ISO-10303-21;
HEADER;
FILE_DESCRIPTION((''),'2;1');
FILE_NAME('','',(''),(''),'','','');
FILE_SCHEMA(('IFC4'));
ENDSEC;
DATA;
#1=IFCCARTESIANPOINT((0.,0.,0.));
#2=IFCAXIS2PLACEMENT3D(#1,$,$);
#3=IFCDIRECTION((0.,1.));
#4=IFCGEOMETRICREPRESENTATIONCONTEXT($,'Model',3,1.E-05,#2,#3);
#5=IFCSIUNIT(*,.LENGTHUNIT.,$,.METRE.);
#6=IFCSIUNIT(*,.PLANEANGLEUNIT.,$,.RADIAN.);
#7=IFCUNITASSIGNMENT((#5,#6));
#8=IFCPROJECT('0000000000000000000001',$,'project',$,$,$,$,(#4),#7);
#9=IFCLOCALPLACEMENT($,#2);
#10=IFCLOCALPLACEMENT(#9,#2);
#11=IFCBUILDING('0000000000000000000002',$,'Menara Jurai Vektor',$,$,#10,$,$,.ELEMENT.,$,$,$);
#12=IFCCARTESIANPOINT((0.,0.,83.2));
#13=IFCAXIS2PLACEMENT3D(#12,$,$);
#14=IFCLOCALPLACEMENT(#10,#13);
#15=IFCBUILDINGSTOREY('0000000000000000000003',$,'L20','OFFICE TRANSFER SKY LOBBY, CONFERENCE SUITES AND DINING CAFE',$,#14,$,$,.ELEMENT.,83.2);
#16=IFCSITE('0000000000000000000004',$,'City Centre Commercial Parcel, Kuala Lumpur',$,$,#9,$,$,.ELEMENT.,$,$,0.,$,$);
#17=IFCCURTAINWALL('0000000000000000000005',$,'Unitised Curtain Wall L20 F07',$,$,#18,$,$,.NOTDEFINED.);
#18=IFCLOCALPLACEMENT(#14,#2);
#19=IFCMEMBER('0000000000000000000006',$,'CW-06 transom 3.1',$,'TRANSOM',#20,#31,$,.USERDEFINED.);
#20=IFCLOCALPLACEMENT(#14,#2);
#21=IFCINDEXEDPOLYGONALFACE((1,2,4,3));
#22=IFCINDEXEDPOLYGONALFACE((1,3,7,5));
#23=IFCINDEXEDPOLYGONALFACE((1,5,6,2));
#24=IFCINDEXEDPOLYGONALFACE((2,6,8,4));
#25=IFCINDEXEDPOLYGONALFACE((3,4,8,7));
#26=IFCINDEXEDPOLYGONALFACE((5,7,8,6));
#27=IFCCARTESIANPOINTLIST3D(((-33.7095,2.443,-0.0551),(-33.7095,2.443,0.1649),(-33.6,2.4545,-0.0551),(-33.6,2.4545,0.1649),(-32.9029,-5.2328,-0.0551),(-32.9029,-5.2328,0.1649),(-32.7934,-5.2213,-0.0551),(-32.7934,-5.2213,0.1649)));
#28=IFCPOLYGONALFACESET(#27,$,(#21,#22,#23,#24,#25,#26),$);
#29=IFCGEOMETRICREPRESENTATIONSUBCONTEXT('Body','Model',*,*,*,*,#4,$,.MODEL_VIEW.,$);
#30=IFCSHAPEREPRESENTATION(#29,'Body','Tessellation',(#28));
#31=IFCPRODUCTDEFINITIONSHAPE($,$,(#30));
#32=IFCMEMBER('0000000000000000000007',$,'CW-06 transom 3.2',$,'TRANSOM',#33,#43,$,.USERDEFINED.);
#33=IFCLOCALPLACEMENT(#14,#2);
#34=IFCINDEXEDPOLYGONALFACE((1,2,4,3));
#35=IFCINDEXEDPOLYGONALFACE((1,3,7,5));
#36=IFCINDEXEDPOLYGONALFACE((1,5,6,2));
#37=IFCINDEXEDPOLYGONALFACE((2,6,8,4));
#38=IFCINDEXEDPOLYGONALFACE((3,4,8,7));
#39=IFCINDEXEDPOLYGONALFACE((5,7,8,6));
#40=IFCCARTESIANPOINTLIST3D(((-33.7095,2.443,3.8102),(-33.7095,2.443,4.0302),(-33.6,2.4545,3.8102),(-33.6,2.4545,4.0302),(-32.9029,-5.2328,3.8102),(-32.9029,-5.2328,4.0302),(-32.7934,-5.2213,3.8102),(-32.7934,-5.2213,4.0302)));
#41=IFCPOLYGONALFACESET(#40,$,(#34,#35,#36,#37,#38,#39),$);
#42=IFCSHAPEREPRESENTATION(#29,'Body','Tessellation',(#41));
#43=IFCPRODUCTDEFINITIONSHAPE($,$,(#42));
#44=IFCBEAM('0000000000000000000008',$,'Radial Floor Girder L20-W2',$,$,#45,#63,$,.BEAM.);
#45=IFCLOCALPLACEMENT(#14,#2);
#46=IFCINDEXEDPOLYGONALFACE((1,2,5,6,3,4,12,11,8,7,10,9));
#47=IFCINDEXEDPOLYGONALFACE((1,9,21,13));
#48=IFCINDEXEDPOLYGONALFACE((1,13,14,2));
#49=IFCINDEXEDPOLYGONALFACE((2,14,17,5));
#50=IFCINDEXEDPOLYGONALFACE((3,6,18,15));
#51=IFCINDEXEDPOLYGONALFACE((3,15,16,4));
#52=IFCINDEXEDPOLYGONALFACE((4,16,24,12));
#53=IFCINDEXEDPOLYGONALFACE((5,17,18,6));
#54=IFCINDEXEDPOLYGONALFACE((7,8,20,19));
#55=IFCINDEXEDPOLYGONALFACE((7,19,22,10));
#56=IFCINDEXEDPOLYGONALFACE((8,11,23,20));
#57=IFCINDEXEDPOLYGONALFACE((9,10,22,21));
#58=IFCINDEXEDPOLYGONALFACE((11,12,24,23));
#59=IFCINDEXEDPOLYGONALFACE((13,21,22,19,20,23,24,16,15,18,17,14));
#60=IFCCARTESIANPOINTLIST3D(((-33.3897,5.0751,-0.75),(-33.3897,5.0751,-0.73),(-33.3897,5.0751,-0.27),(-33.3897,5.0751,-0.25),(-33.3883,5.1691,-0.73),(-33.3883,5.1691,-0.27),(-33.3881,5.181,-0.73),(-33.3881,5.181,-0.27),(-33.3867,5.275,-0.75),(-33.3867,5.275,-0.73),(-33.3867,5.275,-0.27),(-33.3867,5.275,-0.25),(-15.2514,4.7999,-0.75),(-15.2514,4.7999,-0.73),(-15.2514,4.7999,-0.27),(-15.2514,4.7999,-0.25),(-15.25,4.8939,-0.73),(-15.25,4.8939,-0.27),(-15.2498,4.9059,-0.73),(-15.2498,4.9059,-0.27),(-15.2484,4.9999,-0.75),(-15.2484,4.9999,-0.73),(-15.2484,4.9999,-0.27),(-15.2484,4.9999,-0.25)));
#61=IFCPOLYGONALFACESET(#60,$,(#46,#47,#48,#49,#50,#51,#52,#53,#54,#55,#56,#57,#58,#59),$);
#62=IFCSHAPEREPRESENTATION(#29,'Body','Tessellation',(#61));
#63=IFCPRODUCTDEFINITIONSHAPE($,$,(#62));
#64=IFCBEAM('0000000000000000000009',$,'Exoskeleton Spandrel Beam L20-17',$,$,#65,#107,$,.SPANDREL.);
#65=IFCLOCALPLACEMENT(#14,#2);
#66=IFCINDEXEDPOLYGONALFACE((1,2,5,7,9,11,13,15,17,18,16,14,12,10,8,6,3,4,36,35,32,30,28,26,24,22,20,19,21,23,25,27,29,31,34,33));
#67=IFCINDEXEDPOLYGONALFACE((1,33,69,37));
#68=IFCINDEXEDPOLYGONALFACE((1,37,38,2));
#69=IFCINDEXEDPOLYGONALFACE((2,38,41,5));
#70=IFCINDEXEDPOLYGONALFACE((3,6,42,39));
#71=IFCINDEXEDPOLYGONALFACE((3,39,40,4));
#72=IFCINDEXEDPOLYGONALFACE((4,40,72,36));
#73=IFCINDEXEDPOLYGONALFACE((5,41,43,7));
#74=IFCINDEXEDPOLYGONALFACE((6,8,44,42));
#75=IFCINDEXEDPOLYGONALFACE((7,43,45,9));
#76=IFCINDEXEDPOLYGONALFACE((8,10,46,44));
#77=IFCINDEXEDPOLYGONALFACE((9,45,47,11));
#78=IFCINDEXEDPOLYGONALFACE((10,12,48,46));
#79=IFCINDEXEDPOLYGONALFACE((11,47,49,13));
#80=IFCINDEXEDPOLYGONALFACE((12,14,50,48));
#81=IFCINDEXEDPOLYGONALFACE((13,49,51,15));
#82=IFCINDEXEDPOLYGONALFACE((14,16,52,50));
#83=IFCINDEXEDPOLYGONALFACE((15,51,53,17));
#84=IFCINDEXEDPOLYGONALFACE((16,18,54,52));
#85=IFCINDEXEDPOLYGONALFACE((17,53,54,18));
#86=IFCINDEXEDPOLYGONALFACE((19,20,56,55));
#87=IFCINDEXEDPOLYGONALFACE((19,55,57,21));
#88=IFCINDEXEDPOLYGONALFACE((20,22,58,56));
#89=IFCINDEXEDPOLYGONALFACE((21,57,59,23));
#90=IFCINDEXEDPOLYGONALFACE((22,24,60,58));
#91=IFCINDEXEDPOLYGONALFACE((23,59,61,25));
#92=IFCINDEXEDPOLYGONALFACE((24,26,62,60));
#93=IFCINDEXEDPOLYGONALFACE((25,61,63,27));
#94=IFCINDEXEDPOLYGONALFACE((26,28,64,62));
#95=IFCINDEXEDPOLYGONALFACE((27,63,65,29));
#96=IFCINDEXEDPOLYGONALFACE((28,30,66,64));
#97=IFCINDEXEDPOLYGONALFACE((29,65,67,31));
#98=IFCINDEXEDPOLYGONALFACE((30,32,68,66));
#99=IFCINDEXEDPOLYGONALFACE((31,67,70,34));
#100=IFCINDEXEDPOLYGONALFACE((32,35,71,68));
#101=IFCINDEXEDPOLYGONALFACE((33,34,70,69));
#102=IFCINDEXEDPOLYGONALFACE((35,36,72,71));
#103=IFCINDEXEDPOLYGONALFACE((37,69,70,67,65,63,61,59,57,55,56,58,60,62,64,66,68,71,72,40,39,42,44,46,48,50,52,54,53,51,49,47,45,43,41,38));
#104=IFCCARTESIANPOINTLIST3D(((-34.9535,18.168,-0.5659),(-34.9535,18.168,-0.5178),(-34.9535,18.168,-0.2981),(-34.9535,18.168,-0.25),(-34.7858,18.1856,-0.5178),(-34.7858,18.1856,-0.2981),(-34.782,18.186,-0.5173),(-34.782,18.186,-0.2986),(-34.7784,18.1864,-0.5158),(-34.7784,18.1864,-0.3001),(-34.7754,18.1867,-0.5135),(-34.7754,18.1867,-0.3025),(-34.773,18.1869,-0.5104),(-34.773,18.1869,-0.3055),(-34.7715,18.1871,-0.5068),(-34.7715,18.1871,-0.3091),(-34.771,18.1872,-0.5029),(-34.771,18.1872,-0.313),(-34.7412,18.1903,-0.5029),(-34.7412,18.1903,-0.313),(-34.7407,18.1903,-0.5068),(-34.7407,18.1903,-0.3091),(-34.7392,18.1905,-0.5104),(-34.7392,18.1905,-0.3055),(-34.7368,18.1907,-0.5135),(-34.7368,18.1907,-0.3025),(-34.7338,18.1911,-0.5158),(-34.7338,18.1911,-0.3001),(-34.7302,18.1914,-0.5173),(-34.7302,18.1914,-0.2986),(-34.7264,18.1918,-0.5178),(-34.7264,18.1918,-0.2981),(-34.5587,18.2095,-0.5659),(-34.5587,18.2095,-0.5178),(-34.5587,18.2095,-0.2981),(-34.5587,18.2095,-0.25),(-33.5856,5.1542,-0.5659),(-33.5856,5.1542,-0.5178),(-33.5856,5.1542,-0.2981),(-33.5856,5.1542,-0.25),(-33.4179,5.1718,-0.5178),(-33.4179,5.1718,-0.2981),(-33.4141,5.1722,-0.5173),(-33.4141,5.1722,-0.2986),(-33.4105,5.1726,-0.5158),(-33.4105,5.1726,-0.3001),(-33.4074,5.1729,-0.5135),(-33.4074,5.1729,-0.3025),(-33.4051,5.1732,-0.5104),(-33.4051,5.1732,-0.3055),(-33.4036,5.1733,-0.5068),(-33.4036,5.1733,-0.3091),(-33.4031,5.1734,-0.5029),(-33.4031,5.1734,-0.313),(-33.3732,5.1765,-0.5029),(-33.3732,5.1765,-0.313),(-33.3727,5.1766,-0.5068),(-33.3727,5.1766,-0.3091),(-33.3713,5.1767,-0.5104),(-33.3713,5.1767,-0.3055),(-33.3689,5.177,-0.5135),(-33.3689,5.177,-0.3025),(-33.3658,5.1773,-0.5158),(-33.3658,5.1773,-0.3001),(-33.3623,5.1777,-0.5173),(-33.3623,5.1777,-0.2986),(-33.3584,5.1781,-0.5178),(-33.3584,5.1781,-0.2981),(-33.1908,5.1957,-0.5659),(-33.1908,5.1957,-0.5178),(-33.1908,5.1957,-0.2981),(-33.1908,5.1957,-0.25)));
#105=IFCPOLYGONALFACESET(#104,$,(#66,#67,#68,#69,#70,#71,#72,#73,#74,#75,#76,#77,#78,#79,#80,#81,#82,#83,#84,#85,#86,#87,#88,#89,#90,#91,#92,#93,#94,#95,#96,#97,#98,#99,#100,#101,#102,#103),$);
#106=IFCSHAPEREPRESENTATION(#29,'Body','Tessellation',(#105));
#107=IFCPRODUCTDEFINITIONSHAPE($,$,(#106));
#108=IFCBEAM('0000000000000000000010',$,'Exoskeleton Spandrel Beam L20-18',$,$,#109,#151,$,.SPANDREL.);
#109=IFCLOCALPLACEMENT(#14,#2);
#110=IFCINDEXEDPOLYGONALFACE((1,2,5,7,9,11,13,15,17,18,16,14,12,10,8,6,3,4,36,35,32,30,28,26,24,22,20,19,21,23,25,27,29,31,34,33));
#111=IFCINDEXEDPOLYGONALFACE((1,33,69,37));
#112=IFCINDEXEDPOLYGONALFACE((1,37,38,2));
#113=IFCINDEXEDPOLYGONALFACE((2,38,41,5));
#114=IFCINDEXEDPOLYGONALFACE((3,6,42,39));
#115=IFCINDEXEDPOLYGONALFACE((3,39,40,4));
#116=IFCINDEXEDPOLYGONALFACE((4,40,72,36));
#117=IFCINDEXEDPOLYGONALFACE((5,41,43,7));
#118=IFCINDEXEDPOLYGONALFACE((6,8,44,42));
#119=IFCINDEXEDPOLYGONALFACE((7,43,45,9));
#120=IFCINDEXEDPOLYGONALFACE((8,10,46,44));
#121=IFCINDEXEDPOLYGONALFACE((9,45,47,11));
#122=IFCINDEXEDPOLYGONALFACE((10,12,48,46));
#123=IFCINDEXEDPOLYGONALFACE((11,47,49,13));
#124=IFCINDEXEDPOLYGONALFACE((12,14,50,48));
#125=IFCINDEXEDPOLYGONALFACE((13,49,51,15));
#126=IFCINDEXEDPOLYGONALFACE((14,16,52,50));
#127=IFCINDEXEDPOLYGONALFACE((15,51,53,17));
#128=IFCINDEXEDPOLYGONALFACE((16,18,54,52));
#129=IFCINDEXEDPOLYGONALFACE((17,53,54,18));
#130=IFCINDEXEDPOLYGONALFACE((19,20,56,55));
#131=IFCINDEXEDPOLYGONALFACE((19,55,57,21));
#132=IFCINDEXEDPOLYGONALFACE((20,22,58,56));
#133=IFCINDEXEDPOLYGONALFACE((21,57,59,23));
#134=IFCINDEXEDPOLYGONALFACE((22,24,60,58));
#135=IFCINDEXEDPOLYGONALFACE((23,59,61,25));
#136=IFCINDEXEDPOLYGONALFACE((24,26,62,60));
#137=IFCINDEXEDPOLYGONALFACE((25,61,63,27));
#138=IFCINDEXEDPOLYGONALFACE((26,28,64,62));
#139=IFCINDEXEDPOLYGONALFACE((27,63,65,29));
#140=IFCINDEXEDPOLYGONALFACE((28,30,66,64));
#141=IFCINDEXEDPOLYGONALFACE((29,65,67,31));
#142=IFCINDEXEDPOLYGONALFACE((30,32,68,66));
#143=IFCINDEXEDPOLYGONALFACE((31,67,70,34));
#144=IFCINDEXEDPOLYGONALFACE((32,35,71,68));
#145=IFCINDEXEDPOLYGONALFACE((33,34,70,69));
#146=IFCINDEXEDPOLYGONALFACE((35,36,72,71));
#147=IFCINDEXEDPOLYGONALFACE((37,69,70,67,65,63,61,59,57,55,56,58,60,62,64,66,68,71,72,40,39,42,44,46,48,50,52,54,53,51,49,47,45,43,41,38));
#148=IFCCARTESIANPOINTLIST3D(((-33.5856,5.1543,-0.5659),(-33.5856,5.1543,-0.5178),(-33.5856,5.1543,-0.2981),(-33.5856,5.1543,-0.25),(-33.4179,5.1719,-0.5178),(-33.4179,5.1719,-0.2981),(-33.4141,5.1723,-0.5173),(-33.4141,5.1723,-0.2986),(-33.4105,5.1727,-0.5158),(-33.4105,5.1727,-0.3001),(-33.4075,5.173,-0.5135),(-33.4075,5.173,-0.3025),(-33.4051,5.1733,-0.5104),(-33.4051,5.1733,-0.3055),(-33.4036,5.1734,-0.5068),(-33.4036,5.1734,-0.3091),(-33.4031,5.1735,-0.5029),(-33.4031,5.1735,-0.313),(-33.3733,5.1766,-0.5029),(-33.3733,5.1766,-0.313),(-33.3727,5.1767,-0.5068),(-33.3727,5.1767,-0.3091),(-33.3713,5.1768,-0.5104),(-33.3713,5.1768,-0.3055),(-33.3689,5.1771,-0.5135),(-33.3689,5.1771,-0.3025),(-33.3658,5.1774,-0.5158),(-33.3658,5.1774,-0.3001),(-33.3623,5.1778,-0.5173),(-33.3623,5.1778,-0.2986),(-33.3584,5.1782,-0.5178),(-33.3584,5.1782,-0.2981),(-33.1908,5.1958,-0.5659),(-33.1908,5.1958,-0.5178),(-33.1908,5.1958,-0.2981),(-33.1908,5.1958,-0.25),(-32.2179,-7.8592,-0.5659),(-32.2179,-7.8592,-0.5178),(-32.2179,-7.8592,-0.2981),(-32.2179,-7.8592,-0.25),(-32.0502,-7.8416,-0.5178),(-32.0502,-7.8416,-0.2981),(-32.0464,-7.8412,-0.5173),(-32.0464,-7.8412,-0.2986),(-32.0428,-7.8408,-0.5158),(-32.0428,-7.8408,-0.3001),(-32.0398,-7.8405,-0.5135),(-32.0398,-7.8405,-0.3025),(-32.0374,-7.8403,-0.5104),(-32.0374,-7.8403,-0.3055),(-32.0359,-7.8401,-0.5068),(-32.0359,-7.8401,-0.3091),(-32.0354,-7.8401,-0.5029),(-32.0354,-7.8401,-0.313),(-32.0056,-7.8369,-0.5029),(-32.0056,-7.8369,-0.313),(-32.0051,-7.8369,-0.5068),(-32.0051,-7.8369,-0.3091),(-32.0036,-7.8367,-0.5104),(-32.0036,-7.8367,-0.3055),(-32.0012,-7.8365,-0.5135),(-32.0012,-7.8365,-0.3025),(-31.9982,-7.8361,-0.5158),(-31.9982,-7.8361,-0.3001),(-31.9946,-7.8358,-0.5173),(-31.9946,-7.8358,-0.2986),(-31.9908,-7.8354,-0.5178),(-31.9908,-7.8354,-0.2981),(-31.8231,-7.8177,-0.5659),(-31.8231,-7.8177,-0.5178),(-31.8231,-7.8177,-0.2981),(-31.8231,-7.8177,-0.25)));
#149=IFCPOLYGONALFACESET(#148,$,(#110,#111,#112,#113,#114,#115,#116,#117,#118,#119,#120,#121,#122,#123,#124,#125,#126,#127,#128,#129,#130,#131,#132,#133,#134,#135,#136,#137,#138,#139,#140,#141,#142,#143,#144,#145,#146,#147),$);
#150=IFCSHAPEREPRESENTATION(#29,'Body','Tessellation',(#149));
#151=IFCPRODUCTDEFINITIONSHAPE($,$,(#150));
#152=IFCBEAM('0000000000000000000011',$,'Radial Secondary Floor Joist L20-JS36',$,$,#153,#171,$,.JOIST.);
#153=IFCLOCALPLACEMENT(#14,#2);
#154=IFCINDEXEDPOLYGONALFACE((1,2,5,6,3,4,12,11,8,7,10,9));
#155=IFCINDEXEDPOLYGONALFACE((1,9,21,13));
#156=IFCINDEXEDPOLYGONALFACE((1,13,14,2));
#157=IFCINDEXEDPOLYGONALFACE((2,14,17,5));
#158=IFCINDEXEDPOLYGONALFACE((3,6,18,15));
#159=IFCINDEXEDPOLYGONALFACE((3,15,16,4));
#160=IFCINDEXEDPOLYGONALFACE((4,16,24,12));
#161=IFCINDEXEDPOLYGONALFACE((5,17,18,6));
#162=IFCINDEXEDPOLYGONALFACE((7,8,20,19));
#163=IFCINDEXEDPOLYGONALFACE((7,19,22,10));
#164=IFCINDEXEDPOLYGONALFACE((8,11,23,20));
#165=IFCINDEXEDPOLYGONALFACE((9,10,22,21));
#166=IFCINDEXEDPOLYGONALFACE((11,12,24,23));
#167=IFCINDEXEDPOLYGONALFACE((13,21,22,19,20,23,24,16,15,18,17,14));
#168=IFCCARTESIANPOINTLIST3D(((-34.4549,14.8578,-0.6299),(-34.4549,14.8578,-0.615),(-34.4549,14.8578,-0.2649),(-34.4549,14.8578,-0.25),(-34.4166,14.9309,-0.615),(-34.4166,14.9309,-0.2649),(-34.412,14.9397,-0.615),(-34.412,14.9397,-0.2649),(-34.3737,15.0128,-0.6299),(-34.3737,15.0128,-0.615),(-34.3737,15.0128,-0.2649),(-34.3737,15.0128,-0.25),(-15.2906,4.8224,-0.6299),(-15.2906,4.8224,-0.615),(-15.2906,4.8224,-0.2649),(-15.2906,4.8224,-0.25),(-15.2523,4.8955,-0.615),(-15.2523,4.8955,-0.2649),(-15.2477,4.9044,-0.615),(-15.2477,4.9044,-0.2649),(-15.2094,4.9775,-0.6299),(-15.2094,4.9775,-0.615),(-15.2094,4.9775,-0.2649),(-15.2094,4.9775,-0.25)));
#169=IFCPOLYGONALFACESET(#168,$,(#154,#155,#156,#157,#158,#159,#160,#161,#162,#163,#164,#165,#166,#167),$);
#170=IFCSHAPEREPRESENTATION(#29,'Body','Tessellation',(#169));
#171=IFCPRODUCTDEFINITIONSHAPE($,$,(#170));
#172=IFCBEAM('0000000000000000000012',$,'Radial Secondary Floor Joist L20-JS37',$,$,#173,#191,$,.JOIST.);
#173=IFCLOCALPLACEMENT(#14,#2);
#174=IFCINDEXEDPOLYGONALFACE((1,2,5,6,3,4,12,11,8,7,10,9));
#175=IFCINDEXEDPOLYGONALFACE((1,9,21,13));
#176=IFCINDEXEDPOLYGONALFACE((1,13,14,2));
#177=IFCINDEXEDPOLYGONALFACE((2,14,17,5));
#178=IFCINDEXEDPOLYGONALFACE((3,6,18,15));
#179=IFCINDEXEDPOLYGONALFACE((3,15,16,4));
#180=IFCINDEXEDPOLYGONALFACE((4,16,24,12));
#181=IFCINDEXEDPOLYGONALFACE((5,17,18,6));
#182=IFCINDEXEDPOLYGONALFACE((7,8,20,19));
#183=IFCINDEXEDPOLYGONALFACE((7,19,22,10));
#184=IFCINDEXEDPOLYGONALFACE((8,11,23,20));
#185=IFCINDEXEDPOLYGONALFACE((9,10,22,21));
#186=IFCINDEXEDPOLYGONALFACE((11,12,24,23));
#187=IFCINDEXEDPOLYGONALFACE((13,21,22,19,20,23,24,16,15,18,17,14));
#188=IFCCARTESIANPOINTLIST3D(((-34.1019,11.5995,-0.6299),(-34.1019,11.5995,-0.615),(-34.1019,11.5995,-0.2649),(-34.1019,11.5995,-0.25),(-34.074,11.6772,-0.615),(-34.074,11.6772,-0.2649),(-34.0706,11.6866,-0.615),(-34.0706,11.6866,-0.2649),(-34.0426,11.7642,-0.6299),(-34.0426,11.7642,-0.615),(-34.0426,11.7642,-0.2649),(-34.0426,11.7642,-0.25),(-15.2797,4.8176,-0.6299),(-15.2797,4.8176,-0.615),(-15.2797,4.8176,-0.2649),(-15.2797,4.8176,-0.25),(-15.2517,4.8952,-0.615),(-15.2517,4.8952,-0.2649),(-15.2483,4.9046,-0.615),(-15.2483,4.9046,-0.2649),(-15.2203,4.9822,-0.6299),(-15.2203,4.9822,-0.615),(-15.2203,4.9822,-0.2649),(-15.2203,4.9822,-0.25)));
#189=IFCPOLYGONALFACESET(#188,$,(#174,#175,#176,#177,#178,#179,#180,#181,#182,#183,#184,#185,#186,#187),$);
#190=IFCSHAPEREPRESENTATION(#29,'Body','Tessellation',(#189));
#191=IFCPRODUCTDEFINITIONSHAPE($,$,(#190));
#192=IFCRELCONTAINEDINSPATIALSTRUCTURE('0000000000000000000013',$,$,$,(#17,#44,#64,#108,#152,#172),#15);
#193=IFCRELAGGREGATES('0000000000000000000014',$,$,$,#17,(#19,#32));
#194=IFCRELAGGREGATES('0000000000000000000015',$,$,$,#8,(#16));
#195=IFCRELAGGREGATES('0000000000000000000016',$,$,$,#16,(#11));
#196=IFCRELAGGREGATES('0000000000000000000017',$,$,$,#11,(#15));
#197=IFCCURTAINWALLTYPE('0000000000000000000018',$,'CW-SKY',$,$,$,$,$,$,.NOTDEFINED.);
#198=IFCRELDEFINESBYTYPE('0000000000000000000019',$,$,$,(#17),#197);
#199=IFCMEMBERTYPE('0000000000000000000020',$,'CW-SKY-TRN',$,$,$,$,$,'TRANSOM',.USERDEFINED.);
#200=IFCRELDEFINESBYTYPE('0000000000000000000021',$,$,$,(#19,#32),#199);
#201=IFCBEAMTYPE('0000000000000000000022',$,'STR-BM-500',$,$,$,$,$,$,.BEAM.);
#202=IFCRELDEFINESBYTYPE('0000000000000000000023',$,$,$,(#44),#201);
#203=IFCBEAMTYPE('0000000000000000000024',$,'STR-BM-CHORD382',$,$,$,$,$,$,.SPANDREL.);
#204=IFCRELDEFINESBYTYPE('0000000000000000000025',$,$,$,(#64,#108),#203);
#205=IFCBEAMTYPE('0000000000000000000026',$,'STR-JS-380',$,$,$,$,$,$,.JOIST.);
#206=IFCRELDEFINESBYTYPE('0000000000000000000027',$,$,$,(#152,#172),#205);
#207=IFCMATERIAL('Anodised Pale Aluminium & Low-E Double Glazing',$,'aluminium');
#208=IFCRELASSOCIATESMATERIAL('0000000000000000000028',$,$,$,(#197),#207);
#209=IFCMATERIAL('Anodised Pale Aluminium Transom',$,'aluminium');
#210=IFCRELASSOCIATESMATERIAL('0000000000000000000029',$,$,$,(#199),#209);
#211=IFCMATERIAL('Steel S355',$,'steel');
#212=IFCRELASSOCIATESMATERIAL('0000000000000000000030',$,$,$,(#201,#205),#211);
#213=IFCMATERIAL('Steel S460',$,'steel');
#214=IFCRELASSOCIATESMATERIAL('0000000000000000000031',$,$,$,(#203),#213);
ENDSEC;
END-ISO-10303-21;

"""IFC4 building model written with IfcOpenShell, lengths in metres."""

from ifc_helpers import new_model, si_unit, direction, frame, origin, origin_2d, place, context, subcontext, project, spatial, rectangle, i_section, extrude, material, material_profile, profile_set, type_object, element, aggregate, save


model = new_model("IFC4")

# Units and contexts
model_context = context("Model", 3, precision=1e-05, world=origin(), true_north=direction((0.0, 1.0)))
body_context = subcontext(model_context, "Body", "Model", "MODEL_VIEW")
ifc_project = project(units=[si_unit("LENGTHUNIT", "METRE"), si_unit("PLANEANGLEUNIT", "RADIAN")], contexts=[model_context])

# Site, building, storey
site_placement = place(None, origin())
site = spatial("IfcSite", under=ifc_project, at=site_placement, Name="City Centre Commercial Parcel, Kuala Lumpur", CompositionType="ELEMENT", RefElevation=0.0)
building_placement = place(site_placement, origin())
building = spatial("IfcBuilding", under=site, at=building_placement, Name="Menara Jurai Vektor", CompositionType="ELEMENT")
storey_placement = place(building_placement, frame((0.0, 0.0, 83.2)))
storey = spatial("IfcBuildingStorey", under=building, at=storey_placement, Name="L20", Description="OFFICE TRANSFER SKY LOBBY, CONFERENCE SUITES AND DINING CAFE", CompositionType="ELEMENT", Elevation=83.2)

# Shared definitions
ifc_material_1 = material(Name="Steel S460", Category="steel")

# Curtain wall, members
ifc_material_2 = material(Name="Anodised Pale Aluminium & Low-E Double Glazing", Category="aluminium")
curtain_wall_type = type_object("IfcCurtainWallType", Name="CW-SKY", PredefinedType="NOTDEFINED", material=ifc_material_2)
curtain_wall_placement = place(storey_placement, origin())
curtain_wall = element("IfcCurtainWall", 1, at=curtain_wall_placement, inside=storey, type_object=curtain_wall_type, Name="Unitised Curtain Wall L20 F07", PredefinedType="NOTDEFINED")
ifc_material_3 = material(Name="Anodised Pale Aluminium Transom", Category="aluminium")
ifc_material_profile_1 = material_profile(ifc_material_3, rectangle(XDim=0.1101, YDim=0.22, at=origin_2d()), Name="ALU TRN 110x220")
ifc_profile_set_1 = profile_set([ifc_material_profile_1], Name="Anodised Pale Aluminium Transom")
member_type_1 = type_object("IfcMemberType", Name="CW-SKY-TRN", ElementType="TRANSOM", PredefinedType="USERDEFINED", material=ifc_profile_set_1)
member_1_placement = place(storey_placement, frame((-33.6548, 2.4487, 0.0549), z_axis=(0.104514, -0.994523, 0.0), x_axis=(0.994523, 0.104514, 0.0)))
member_1 = element("IfcMember", 2, at=member_1_placement, type_object=member_type_1, Name="CW-06 transom 3.1", ObjectType="TRANSOM", PredefinedType="USERDEFINED", context=body_context, shape_type="SweptSolid", body=[
    extrude(rectangle(XDim=0.1101, YDim=0.22, at=origin_2d()), origin(), (0.0, 0.0, 1.0), 7.718),
])
member_2_placement = place(storey_placement, frame((-33.6548, 2.4487, 3.9202), z_axis=(0.104514, -0.994523, 0.0), x_axis=(0.994523, 0.104514, 0.0)))
member_2 = element("IfcMember", 3, at=member_2_placement, type_object=member_type_1, Name="CW-06 transom 3.2", ObjectType="TRANSOM", PredefinedType="USERDEFINED", context=body_context, shape_type="SweptSolid", body=[
    extrude(rectangle(XDim=0.1101, YDim=0.22, at=origin_2d()), origin(), (0.0, 0.0, 1.0), 7.718),
])

# Beams
ifc_material_4 = material(Name="Steel S355", Category="steel")
ifc_material_profile_2 = material_profile(ifc_material_4, i_section(OverallWidth=0.2, OverallDepth=0.5, WebThickness=0.012, FlangeThickness=0.02, at=origin_2d()), Name="PG 500x200x96")
ifc_profile_set_2 = profile_set([ifc_material_profile_2], Name="Steel S355")
beam_type_1 = type_object("IfcBeamType", Name="STR-BM-500", PredefinedType="BEAM", material=ifc_profile_set_2)
beam_1_placement = place(storey_placement, frame((-33.3882, 5.175, -0.5), z_axis=(0.999885, -0.015168, 0.0), x_axis=(0.015168, 0.999885, 0.0)))
element("IfcBeam", 4, at=beam_1_placement, inside=storey, type_object=beam_type_1, Name="Radial Floor Girder L20-W2", PredefinedType="BEAM", context=body_context, shape_type="SweptSolid", body=[
    extrude(i_section(OverallWidth=0.2, OverallDepth=0.5, WebThickness=0.012, FlangeThickness=0.02, at=origin_2d()), origin(), (0.0, 0.0, 1.0), 18.1404),
])
ifc_material_profile_3 = material_profile(ifc_material_1, i_section(OverallWidth=0.397, OverallDepth=0.3159, WebThickness=0.03, FlangeThickness=0.0481, FilletRadius=0.0149, at=origin_2d()), Name="HD 400x382")
ifc_profile_set_3 = profile_set([ifc_material_profile_3], Name="Steel S460")
beam_type_2 = type_object("IfcBeamType", Name="STR-BM-CHORD382", PredefinedType="SPANDREL", material=ifc_profile_set_3)
beam_2_placement = place(storey_placement, frame((-34.7561, 18.1887, -0.408), z_axis=(0.104538, -0.994521, 0.0), x_axis=(0.994521, 0.104538, 0.0)))
element("IfcBeam", 5, at=beam_2_placement, inside=storey, type_object=beam_type_2, Name="Exoskeleton Spandrel Beam L20-17", PredefinedType="SPANDREL", context=body_context, shape_type="SweptSolid", body=[
    extrude(i_section(OverallWidth=0.397, OverallDepth=0.3159, WebThickness=0.03, FlangeThickness=0.0481, FilletRadius=0.0149, at=origin_2d()), origin(), (0.0, 0.0, 1.0), 13.0854),
])
beam_3_placement = place(storey_placement, frame((-33.3882, 5.175, -0.408), z_axis=(0.104522, -0.994523, 0.0), x_axis=(0.994523, 0.104522, 0.0)))
element("IfcBeam", 6, at=beam_3_placement, inside=storey, type_object=beam_type_2, Name="Exoskeleton Spandrel Beam L20-18", PredefinedType="SPANDREL", context=body_context, shape_type="SweptSolid", body=[
    extrude(i_section(OverallWidth=0.397, OverallDepth=0.3159, WebThickness=0.03, FlangeThickness=0.0481, FilletRadius=0.0149, at=origin_2d()), origin(), (0.0, 0.0, 1.0), 13.0852),
])
ifc_material_profile_4 = material_profile(ifc_material_4, i_section(OverallWidth=0.175, OverallDepth=0.3799, WebThickness=0.01, FlangeThickness=0.0149, at=origin_2d()), Name="PG 380x175x58")
ifc_profile_set_4 = profile_set([ifc_material_profile_4], Name="Steel S355")
beam_type_3 = type_object("IfcBeamType", Name="STR-JS-380", PredefinedType="JOIST", material=ifc_profile_set_4)
beam_4_placement = place(storey_placement, frame((-34.4143, 14.9353, -0.4399), z_axis=(0.885889, -0.463897, 0.0), x_axis=(0.463897, 0.885889, 0.0)))
element("IfcBeam", 7, at=beam_4_placement, inside=storey, type_object=beam_type_3, Name="Radial Secondary Floor Joist L20-JS36", PredefinedType="JOIST", context=body_context, shape_type="SweptSolid", body=[
    extrude(i_section(OverallWidth=0.175, OverallDepth=0.3799, WebThickness=0.01, FlangeThickness=0.0149, at=origin_2d()), origin(), (0.0, 0.0, 1.0), 21.6328),
])
beam_5_placement = place(storey_placement, frame((-34.0723, 11.6819, -0.4399), z_axis=(0.940792, -0.338983, 0.0), x_axis=(0.338983, 0.940792, 0.0)))
element("IfcBeam", 8, at=beam_5_placement, inside=storey, type_object=beam_type_3, Name="Radial Secondary Floor Joist L20-JS37", PredefinedType="JOIST", context=body_context, shape_type="SweptSolid", body=[
    extrude(i_section(OverallWidth=0.175, OverallDepth=0.3799, WebThickness=0.01, FlangeThickness=0.0149, at=origin_2d()), origin(), (0.0, 0.0, 1.0), 20.0068),
])

aggregate(curtain_wall, [member_1, member_2])

save(model, "model.ifc")
